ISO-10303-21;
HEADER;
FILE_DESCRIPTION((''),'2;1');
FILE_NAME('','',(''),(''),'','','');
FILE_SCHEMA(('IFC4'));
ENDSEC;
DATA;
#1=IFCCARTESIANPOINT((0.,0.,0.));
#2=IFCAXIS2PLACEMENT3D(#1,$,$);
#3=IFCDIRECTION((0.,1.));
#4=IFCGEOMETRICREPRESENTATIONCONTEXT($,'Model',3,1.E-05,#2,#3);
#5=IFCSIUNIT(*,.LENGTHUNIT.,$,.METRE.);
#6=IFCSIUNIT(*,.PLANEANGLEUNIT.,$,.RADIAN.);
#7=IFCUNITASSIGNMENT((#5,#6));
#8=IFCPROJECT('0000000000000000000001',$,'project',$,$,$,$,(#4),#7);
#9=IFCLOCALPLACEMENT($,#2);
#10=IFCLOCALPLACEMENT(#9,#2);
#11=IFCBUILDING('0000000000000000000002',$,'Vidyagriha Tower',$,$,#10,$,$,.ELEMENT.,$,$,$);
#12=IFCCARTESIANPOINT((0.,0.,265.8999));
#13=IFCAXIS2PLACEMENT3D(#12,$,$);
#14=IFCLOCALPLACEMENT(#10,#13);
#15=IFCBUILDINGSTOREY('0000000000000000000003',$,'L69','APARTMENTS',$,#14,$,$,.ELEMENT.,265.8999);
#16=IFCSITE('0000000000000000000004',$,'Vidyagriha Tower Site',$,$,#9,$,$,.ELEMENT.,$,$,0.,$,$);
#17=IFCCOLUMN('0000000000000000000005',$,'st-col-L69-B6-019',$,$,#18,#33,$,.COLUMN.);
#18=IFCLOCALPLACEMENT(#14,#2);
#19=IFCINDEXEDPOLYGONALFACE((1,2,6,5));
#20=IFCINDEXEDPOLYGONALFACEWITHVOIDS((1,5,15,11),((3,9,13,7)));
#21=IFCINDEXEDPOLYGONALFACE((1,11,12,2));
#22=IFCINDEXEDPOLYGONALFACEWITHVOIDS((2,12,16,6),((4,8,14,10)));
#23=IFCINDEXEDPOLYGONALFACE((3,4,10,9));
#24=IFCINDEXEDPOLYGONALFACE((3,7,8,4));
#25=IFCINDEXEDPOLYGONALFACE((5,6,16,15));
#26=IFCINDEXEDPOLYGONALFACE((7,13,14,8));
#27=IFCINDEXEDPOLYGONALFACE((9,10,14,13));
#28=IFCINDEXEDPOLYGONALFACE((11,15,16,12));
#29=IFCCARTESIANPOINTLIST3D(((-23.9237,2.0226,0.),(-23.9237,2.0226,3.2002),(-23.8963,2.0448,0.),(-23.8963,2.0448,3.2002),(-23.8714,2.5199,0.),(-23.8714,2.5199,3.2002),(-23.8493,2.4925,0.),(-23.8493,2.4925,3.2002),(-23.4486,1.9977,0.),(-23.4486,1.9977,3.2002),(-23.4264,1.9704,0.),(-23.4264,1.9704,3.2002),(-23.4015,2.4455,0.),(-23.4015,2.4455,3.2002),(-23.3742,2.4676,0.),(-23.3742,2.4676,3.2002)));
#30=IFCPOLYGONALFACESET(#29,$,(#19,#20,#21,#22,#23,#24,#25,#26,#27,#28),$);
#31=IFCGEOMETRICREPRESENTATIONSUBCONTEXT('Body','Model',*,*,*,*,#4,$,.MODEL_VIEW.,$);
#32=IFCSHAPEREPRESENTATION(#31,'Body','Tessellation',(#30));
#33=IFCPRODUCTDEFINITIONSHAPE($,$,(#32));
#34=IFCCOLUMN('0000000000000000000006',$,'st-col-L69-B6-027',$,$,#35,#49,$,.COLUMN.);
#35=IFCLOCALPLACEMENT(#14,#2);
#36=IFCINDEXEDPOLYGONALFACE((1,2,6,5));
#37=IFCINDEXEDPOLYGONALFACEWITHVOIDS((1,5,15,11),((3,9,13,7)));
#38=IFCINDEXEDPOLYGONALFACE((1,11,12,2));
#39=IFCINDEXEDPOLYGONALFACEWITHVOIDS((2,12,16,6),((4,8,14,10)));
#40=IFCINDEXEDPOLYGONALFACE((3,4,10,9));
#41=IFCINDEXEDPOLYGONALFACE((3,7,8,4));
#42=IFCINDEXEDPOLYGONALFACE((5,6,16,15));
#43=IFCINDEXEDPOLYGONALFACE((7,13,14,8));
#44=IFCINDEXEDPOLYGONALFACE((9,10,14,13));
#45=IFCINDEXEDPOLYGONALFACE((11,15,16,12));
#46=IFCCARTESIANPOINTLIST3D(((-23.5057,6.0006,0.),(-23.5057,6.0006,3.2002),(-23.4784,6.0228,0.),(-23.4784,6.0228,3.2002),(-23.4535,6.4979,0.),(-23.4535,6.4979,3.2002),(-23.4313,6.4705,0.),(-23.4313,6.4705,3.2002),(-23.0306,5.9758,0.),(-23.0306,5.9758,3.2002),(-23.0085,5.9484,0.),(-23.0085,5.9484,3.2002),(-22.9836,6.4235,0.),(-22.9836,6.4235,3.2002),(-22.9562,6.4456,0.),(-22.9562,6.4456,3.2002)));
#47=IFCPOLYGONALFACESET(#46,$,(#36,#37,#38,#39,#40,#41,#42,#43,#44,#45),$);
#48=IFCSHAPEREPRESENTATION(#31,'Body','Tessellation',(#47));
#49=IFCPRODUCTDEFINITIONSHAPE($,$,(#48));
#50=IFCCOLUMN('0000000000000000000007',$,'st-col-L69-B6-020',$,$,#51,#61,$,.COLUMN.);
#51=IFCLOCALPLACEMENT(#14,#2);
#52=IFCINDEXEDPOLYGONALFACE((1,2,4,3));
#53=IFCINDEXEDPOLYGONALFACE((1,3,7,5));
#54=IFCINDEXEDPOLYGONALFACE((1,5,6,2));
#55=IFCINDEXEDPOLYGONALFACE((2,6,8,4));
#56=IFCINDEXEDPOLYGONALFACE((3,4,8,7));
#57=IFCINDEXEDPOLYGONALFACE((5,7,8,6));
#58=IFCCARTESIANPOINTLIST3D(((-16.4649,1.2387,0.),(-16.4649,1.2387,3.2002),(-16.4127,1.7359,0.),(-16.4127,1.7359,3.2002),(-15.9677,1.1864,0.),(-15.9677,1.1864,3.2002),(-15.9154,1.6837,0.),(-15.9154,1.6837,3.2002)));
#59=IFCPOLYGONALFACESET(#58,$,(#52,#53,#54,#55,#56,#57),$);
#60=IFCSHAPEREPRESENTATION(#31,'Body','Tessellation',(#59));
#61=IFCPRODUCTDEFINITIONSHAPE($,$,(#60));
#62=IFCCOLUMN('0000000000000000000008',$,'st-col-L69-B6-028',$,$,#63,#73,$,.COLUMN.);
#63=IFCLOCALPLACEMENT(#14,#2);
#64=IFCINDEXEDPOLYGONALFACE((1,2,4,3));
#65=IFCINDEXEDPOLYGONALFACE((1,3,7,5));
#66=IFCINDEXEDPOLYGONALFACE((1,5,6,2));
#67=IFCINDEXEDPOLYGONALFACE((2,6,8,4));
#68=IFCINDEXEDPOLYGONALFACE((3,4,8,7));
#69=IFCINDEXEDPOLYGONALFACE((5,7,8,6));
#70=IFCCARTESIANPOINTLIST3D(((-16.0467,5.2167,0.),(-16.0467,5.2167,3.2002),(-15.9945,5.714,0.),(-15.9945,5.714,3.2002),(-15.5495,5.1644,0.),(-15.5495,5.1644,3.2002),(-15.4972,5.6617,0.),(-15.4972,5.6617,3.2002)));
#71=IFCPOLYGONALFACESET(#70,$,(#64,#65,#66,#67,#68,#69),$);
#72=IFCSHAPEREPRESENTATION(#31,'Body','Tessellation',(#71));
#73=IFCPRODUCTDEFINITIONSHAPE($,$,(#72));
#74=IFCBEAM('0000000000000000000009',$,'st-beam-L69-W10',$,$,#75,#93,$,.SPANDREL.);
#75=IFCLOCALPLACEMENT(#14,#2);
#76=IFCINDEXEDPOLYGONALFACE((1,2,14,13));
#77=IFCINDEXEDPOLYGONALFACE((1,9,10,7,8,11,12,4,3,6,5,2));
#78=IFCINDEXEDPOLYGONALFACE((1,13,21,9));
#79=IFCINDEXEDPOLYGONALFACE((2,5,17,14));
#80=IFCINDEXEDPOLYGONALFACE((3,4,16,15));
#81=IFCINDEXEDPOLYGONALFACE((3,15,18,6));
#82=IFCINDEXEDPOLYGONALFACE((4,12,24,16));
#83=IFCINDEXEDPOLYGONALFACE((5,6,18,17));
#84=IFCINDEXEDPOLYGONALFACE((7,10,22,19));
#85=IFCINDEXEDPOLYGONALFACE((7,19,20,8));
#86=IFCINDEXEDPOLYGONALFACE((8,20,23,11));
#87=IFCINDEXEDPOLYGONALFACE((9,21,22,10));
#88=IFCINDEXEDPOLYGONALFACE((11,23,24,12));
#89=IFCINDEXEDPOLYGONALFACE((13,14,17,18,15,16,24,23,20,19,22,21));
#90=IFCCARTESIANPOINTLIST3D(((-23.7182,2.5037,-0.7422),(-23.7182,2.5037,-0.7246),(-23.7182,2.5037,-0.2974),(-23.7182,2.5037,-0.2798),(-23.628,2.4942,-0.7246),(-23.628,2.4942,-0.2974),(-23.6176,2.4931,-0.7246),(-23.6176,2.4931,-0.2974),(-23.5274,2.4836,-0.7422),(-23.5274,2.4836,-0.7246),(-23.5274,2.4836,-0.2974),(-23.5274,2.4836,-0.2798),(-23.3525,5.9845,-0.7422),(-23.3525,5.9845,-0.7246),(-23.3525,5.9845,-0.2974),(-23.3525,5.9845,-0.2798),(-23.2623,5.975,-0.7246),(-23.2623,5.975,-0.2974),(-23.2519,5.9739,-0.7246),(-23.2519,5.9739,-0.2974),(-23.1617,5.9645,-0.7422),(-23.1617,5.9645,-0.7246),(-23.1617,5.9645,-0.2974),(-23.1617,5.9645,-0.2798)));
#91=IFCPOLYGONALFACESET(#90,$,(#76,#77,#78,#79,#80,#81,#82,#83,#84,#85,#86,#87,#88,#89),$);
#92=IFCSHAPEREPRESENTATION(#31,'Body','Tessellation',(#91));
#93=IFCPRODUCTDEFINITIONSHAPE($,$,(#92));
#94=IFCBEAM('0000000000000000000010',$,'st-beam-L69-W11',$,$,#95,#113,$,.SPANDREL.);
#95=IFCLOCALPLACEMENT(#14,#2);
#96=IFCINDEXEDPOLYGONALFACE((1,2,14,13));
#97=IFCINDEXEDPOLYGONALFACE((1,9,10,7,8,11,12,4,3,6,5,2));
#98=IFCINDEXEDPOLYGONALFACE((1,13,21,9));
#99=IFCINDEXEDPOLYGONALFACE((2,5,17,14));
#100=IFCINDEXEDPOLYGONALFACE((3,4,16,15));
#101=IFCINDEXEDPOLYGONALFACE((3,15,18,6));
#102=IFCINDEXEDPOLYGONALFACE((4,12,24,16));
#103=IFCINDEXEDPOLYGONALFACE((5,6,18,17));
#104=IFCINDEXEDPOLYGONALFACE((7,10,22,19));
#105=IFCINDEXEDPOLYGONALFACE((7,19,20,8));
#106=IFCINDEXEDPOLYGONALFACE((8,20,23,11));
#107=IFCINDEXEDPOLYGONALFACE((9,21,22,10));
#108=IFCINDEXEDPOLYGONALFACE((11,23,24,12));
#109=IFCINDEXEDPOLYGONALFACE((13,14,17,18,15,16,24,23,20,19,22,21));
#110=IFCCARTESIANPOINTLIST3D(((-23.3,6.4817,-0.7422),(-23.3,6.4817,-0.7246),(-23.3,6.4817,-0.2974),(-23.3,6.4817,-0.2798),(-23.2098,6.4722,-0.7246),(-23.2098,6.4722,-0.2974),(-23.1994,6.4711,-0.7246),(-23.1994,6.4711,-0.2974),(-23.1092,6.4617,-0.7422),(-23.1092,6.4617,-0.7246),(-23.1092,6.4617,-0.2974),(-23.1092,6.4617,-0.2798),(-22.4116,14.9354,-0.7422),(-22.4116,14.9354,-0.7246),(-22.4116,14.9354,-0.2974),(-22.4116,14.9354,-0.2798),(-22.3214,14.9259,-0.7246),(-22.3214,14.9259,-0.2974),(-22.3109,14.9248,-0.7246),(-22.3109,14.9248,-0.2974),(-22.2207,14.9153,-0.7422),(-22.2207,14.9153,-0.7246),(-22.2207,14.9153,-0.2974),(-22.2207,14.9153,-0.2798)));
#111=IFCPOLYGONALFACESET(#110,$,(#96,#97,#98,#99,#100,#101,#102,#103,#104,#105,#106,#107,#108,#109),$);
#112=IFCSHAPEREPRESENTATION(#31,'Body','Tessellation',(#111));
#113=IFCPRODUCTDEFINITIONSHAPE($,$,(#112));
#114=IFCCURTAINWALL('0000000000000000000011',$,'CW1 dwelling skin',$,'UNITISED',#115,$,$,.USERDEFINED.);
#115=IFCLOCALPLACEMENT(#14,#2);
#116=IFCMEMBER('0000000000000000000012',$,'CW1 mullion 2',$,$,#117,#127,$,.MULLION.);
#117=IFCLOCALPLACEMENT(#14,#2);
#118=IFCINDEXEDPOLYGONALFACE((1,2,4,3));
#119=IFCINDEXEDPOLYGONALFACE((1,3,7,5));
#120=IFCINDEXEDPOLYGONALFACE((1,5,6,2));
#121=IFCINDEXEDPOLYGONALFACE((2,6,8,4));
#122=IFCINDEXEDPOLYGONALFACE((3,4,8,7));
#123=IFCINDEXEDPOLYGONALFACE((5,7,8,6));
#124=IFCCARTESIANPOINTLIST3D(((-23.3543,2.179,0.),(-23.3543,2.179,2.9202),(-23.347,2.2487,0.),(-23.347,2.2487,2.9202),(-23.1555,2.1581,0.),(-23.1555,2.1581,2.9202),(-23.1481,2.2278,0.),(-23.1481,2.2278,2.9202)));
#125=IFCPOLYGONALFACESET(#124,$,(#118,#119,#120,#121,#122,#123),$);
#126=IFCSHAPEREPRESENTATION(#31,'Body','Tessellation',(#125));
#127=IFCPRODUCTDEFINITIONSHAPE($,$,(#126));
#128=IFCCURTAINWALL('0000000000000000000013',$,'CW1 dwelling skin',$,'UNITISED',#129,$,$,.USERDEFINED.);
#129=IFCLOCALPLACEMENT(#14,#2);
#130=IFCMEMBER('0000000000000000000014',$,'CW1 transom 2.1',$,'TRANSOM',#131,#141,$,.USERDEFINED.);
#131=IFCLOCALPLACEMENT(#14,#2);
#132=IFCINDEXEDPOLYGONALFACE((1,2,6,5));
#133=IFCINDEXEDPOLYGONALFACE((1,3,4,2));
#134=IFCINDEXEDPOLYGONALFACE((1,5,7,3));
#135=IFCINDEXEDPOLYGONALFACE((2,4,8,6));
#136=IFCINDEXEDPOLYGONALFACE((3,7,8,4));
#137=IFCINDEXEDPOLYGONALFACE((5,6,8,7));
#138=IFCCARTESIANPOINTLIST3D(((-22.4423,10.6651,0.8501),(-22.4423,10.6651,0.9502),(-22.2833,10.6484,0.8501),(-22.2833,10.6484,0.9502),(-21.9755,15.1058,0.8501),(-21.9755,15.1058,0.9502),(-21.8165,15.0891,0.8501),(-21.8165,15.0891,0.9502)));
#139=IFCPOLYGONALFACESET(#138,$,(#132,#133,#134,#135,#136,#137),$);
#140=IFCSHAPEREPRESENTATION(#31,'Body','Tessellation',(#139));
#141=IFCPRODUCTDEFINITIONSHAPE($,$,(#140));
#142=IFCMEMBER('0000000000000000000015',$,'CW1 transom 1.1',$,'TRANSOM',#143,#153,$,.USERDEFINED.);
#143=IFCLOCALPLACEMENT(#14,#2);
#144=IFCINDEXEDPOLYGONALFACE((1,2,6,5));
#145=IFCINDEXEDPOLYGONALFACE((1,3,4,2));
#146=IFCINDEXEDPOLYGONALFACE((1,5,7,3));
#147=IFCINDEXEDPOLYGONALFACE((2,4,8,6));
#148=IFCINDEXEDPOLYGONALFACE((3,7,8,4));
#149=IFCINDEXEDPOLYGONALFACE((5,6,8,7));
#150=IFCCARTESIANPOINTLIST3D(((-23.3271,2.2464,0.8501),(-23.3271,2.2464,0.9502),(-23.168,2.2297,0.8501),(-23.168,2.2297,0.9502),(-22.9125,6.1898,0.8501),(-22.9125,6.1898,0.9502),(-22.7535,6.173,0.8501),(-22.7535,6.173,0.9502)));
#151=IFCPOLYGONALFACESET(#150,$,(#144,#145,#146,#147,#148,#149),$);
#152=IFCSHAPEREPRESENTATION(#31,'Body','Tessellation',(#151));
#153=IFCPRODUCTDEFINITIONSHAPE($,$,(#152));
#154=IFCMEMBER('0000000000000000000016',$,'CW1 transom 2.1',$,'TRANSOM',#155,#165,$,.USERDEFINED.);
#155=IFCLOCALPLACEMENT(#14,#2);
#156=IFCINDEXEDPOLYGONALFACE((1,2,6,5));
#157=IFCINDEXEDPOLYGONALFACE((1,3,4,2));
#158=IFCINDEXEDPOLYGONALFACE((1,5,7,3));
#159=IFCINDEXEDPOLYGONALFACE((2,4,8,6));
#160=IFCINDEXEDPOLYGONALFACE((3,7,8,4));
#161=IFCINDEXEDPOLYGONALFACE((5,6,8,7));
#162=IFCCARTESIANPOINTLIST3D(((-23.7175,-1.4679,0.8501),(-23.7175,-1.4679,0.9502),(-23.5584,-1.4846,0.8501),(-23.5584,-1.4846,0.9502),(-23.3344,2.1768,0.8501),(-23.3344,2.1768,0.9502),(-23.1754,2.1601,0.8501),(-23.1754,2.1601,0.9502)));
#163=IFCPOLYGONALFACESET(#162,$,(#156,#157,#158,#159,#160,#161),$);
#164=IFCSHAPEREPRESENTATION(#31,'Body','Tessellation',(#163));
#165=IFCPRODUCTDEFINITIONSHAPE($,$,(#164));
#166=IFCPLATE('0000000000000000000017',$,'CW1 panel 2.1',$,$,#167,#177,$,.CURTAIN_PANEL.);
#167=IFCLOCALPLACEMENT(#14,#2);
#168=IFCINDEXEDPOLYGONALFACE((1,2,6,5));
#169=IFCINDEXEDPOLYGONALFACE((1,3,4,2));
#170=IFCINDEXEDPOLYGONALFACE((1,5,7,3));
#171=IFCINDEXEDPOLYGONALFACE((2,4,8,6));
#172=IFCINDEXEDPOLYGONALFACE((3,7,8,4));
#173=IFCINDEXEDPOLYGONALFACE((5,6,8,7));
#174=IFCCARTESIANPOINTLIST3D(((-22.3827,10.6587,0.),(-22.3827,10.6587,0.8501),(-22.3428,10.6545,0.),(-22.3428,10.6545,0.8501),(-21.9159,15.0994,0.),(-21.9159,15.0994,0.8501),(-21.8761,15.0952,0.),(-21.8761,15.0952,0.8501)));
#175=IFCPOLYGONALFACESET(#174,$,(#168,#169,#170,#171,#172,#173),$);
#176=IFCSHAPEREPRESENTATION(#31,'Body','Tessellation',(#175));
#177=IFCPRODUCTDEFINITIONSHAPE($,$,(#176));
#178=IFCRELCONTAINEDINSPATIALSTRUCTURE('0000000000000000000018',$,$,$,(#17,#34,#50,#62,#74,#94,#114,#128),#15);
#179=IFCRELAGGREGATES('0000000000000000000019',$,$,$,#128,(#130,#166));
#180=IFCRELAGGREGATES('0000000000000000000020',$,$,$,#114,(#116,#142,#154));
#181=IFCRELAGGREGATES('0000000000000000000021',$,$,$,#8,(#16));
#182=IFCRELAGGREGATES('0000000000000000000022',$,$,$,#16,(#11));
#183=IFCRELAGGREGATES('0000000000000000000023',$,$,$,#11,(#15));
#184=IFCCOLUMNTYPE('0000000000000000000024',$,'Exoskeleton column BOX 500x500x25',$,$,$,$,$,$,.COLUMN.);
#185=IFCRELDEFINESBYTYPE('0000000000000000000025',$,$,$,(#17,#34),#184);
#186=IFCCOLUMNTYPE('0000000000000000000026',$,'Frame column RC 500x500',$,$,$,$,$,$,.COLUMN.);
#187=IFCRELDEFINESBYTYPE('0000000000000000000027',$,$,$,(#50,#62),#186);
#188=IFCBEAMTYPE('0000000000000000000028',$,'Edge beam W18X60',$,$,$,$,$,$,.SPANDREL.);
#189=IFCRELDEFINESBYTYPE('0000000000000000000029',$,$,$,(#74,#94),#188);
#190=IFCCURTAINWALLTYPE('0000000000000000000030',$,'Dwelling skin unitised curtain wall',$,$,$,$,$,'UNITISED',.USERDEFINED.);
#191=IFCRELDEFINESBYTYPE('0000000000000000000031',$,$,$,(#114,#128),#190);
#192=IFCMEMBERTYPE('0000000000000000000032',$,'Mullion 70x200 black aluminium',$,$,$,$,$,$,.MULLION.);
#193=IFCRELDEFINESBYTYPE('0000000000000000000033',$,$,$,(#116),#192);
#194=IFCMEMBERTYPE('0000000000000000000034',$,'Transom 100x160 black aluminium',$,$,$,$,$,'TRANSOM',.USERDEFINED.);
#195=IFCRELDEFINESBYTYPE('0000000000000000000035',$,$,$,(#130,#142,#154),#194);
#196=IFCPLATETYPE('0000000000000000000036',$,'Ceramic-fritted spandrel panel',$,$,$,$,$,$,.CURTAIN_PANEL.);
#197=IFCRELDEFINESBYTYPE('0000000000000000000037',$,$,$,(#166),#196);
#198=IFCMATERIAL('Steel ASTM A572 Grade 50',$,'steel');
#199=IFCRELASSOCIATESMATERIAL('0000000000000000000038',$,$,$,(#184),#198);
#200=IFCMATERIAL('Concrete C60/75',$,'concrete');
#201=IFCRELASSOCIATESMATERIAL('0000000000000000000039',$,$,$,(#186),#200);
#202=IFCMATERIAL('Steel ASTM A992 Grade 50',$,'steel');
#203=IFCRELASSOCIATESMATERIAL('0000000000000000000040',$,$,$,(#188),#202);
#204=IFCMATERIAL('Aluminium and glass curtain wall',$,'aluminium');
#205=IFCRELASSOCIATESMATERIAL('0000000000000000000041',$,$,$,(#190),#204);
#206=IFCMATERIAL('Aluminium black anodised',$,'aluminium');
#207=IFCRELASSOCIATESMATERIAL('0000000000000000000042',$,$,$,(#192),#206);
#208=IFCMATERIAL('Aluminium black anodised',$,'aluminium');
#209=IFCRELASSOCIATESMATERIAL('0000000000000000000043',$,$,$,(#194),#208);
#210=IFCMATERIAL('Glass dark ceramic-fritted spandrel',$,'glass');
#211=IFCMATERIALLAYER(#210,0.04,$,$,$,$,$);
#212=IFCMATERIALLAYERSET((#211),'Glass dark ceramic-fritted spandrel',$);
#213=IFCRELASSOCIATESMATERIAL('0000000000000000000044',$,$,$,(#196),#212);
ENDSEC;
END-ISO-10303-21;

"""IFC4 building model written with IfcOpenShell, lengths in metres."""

from ifc_helpers import new_model, si_unit, direction, frame, origin, origin_2d, place, context, subcontext, project, spatial, rectangle, hollow_rectangle, i_section, extrude, material, layer, layer_set, material_profile, profile_set, type_object, element, aggregate, save


model = new_model("IFC4")

# Units and contexts
model_context = context("Model", 3, precision=1e-05, world=origin(), true_north=direction((0.0, 1.0)))
body_context = subcontext(model_context, "Body", "Model", "MODEL_VIEW")
ifc_project = project(units=[si_unit("LENGTHUNIT", "METRE"), si_unit("PLANEANGLEUNIT", "RADIAN")], contexts=[model_context])

# Site, building, storey
site_placement = place(None, origin())
site = spatial("IfcSite", under=ifc_project, at=site_placement, Name="Vidyagriha Tower Site", CompositionType="ELEMENT", RefElevation=0.0)
building_placement = place(site_placement, origin())
building = spatial("IfcBuilding", under=site, at=building_placement, Name="Vidyagriha Tower", CompositionType="ELEMENT")
storey_placement = place(building_placement, frame((0.0, 0.0, 265.8999)))
storey = spatial("IfcBuildingStorey", under=building, at=storey_placement, Name="L69", Description="APARTMENTS", CompositionType="ELEMENT", Elevation=265.8999)

# Columns
ifc_material_1 = material(Name="Steel ASTM A572 Grade 50", Category="steel")
ifc_material_profile_1 = material_profile(ifc_material_1, hollow_rectangle(XDim=0.5, YDim=0.5, WallThickness=0.0249, at=origin_2d()), Name="BOX 500x500x25")
ifc_profile_set_1 = profile_set([ifc_material_profile_1], Name="Steel ASTM A572 Grade 50")
column_type_1 = type_object("IfcColumnType", Name="Exoskeleton column BOX 500x500x25", PredefinedType="COLUMN", material=ifc_profile_set_1)
for number, where, z_axis, x_axis, name in (
    (1, (-23.6489, 2.2451, 0.0), (0.0, 0.0, 1.0), (0.994522, -0.104528, 0.0), "st-col-L69-B6-019"),
    (2, (-23.231, 6.2231, 0.0), (0.0, 0.0, 1.0), (0.994522, -0.104528, 0.0), "st-col-L69-B6-027"),
):
    element("IfcColumn", number, at=place(storey_placement, frame(where, z_axis=z_axis, x_axis=x_axis)), inside=storey, type_object=column_type_1, Name=name, PredefinedType="COLUMN", context=body_context, shape_type="SweptSolid", body=[
        extrude(hollow_rectangle(XDim=0.5, YDim=0.5, WallThickness=0.0249, at=origin_2d()), origin(), (0.0, 0.0, 1.0), 3.2002),
    ])
ifc_material_2 = material(Name="Concrete C60/75", Category="concrete")
ifc_material_profile_2 = material_profile(ifc_material_2, rectangle(XDim=0.5, YDim=0.5, at=origin_2d()), Name="RC 500x500")
ifc_profile_set_2 = profile_set([ifc_material_profile_2], Name="Concrete C60/75")
column_type_2 = type_object("IfcColumnType", Name="Frame column RC 500x500", PredefinedType="COLUMN", material=ifc_profile_set_2)
for number, where, z_axis, x_axis, name in (
    (3, (-16.1902, 1.4612, 0.0), (0.0, 0.0, 1.0), (0.994522, -0.104528, 0.0), "st-col-L69-B6-020"),
    (4, (-15.772, 5.4392, 0.0), (0.0, 0.0, 1.0), (0.994522, -0.104528, 0.0), "st-col-L69-B6-028"),
):
    element("IfcColumn", number, at=place(storey_placement, frame(where, z_axis=z_axis, x_axis=x_axis)), inside=storey, type_object=column_type_2, Name=name, PredefinedType="COLUMN", context=body_context, shape_type="SweptSolid", body=[
        extrude(rectangle(XDim=0.5, YDim=0.5, at=origin_2d()), origin(), (0.0, 0.0, 1.0), 3.2002),
    ])

# Beams
ifc_material_3 = material(Name="Steel ASTM A992 Grade 50", Category="steel")
ifc_material_profile_3 = material_profile(ifc_material_3, i_section(OverallWidth=0.1919, OverallDepth=0.4624, WebThickness=0.0105, FlangeThickness=0.0176, at=origin_2d()), Name="W18X60")
ifc_profile_set_3 = profile_set([ifc_material_profile_3], Name="Steel ASTM A992 Grade 50")
beam_type = type_object("IfcBeamType", Name="Edge beam W18X60", PredefinedType="SPANDREL", material=ifc_profile_set_3)
beam_1_placement = place(storey_placement, frame((-23.6228, 2.4937, -0.511), z_axis=(0.104489, 0.994526, 0.0), x_axis=(-0.994526, 0.104489, 0.0)))
element("IfcBeam", 5, at=beam_1_placement, inside=storey, type_object=beam_type, Name="st-beam-L69-W10", PredefinedType="SPANDREL", context=body_context, shape_type="SweptSolid", body=[
    extrude(i_section(OverallWidth=0.1919, OverallDepth=0.4624, WebThickness=0.0105, FlangeThickness=0.0176, at=origin_2d()), origin(), (0.0, 0.0, 1.0), 3.5),
])
beam_2_placement = place(storey_placement, frame((-23.2046, 6.4717, -0.511), z_axis=(0.104519, 0.994523, 0.0), x_axis=(-0.994523, 0.104519, 0.0)))
element("IfcBeam", 6, at=beam_2_placement, inside=storey, type_object=beam_type, Name="st-beam-L69-W11", PredefinedType="SPANDREL", context=body_context, shape_type="SweptSolid", body=[
    extrude(i_section(OverallWidth=0.1919, OverallDepth=0.4624, WebThickness=0.0105, FlangeThickness=0.0176, at=origin_2d()), origin(), (0.0, 0.0, 1.0), 8.5002),
])

# Curtain walls, members
ifc_material_4 = material(Name="Aluminium and glass curtain wall", Category="aluminium")
curtain_wall_type = type_object("IfcCurtainWallType", Name="Dwelling skin unitised curtain wall", ElementType="UNITISED", PredefinedType="USERDEFINED", material=ifc_material_4)
curtain_wall_1_placement = place(storey_placement, origin())
curtain_wall_1 = element("IfcCurtainWall", 7, at=curtain_wall_1_placement, inside=storey, type_object=curtain_wall_type, Name="CW1 dwelling skin", ObjectType="UNITISED", PredefinedType="USERDEFINED")
ifc_material_5 = material(Name="Aluminium black anodised", Category="aluminium")
ifc_material_profile_4 = material_profile(ifc_material_5, rectangle(XDim=0.2, YDim=0.0701, at=origin_2d()), Name="Mullion 70x200 black aluminium")
ifc_profile_set_4 = profile_set([ifc_material_profile_4], Name="Aluminium black anodised")
member_type_1 = type_object("IfcMemberType", Name="Mullion 70x200 black aluminium", PredefinedType="MULLION", material=ifc_profile_set_4)
member_1_placement = place(storey_placement, frame((-23.2512, 2.2034, 0.0), z_axis=(0.0, 0.0, 1.0), x_axis=(0.994521, -0.104533, 0.0)))
member_1 = element("IfcMember", 8, at=member_1_placement, type_object=member_type_1, Name="CW1 mullion 2", PredefinedType="MULLION", context=body_context, shape_type="SweptSolid", body=[
    extrude(rectangle(XDim=0.2, YDim=0.0701, at=origin_2d()), origin(), (0.0, 0.0, 1.0), 2.9202),
])
curtain_wall_2_placement = place(storey_placement, origin())
curtain_wall_2 = element("IfcCurtainWall", 9, at=curtain_wall_2_placement, inside=storey, type_object=curtain_wall_type, Name="CW1 dwelling skin", ObjectType="UNITISED", PredefinedType="USERDEFINED")
ifc_material_6 = material(Name="Aluminium black anodised", Category="aluminium")
ifc_material_profile_5 = material_profile(ifc_material_6, rectangle(XDim=0.1599, YDim=0.1001, at=origin_2d()), Name="Transom 100x160 black aluminium")
ifc_profile_set_5 = profile_set([ifc_material_profile_5], Name="Aluminium black anodised")
member_type_2 = type_object("IfcMemberType", Name="Transom 100x160 black aluminium", ElementType="TRANSOM", PredefinedType="USERDEFINED", material=ifc_profile_set_5)
member_2_placement = place(storey_placement, frame((-21.896, 15.0974, 0.9001), z_axis=(-0.104542, -0.99452, 0.0), x_axis=(0.99452, -0.104542, 0.0)))
member_2 = element("IfcMember", 10, at=member_2_placement, type_object=member_type_2, Name="CW1 transom 2.1", ObjectType="TRANSOM", PredefinedType="USERDEFINED", context=body_context, shape_type="SweptSolid", body=[
    extrude(rectangle(XDim=0.1599, YDim=0.1001, at=origin_2d()), origin(), (0.0, 0.0, 1.0), 4.4651),
])

# Members
member_3_placement = place(storey_placement, frame((-22.833, 6.1814, 0.9001), z_axis=(-0.10455, -0.99452, 0.0), x_axis=(0.99452, -0.10455, 0.0)))
member_3 = element("IfcMember", 11, at=member_3_placement, type_object=member_type_2, Name="CW1 transom 1.1", ObjectType="TRANSOM", PredefinedType="USERDEFINED", context=body_context, shape_type="SweptSolid", body=[
    extrude(rectangle(XDim=0.1599, YDim=0.1001, at=origin_2d()), origin(), (0.0, 0.0, 1.0), 3.9651),
])
member_4_placement = place(storey_placement, frame((-23.2549, 2.1685, 0.9001), z_axis=(-0.104522, -0.994523, 0.0), x_axis=(0.994523, -0.104522, 0.0)))
member_4 = element("IfcMember", 12, at=member_4_placement, type_object=member_type_2, Name="CW1 transom 2.1", ObjectType="TRANSOM", PredefinedType="USERDEFINED", context=body_context, shape_type="SweptSolid", body=[
    extrude(rectangle(XDim=0.1599, YDim=0.1001, at=origin_2d()), origin(), (0.0, 0.0, 1.0), 3.6648),
])

# Plate
ifc_material_7 = material(Name="Glass dark ceramic-fritted spandrel", Category="glass")
ifc_layer_1 = layer(ifc_material_7, 0.04)
ifc_layer_set_1 = layer_set([ifc_layer_1], Name="Glass dark ceramic-fritted spandrel")
plate_type_1 = type_object("IfcPlateType", Name="Ceramic-fritted spandrel panel", PredefinedType="CURTAIN_PANEL", material=ifc_layer_set_1)
plate_1_placement = place(storey_placement, frame((-22.1294, 12.877, 0.0), z_axis=(0.0, 0.0, 1.0), x_axis=(-0.104525, -0.994522, 0.0)))
plate_1 = element("IfcPlate", 13, at=plate_1_placement, type_object=plate_type_1, Name="CW1 panel 2.1", PredefinedType="CURTAIN_PANEL", context=body_context, shape_type="SweptSolid", body=[
    extrude(rectangle(XDim=4.4651, YDim=0.04, at=origin_2d()), origin(), (0.0, 0.0, 1.0), 0.8501),
])
aggregate(curtain_wall_2, [member_2, plate_1])
aggregate(curtain_wall_1, [member_1, member_3, member_4])

save(model, "model.ifc")
